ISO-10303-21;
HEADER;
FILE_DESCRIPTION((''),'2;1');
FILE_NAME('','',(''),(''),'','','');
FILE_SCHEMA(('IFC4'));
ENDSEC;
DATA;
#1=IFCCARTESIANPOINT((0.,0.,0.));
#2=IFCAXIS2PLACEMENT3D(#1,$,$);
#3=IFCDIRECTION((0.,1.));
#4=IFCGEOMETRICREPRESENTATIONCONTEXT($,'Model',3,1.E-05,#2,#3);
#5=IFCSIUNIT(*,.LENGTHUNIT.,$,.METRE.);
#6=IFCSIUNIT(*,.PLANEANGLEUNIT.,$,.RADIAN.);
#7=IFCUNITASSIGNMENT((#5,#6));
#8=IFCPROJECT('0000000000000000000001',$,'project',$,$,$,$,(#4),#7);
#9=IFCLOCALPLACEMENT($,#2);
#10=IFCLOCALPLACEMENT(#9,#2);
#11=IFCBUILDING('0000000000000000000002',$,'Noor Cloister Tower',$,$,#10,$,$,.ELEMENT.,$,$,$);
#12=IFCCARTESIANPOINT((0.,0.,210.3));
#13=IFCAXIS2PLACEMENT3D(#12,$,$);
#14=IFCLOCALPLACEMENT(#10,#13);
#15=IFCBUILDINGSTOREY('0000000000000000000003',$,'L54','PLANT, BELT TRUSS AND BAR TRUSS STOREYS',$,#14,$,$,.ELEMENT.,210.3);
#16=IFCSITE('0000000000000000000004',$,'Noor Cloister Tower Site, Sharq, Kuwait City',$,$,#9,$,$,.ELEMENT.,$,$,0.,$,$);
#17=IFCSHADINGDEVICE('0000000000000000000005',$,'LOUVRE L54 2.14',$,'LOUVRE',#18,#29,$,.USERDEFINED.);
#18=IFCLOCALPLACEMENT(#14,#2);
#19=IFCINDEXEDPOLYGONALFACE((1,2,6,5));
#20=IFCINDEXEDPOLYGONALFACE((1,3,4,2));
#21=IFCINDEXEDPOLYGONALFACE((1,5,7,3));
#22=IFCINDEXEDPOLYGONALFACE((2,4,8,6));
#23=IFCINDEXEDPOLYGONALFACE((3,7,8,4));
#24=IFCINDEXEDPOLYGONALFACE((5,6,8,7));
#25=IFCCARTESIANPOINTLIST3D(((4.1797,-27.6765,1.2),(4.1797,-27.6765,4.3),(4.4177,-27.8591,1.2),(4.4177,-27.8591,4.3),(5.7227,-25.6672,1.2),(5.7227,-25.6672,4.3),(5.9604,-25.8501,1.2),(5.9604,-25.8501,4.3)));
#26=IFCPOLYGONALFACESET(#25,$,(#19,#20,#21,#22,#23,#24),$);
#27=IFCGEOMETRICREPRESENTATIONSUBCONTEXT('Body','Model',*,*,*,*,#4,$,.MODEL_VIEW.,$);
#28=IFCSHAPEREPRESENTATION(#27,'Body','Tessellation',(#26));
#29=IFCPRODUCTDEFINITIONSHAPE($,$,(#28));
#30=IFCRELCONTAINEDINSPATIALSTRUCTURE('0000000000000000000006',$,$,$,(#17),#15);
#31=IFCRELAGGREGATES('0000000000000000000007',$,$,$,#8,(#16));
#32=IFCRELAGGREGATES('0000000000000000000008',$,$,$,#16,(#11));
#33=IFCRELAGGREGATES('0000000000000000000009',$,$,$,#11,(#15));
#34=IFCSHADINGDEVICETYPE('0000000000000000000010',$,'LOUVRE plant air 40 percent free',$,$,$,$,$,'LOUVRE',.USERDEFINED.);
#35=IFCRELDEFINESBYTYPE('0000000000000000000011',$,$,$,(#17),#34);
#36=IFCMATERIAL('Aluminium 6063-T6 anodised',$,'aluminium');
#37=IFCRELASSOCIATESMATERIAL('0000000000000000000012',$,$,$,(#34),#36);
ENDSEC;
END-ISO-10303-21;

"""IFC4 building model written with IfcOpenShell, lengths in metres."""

from ifc_helpers import new_model, si_unit, direction, frame, origin, place, context, subcontext, project, spatial, polyline, outline, extrude, material, type_object, element, save


model = new_model("IFC4")

# Units and contexts
model_context = context("Model", 3, precision=1e-05, world=origin(), true_north=direction((0.0, 1.0)))
body_context = subcontext(model_context, "Body", "Model", "MODEL_VIEW")
ifc_project = project(units=[si_unit("LENGTHUNIT", "METRE"), si_unit("PLANEANGLEUNIT", "RADIAN")], contexts=[model_context])

# Site, building, storey
site_placement = place(None, origin())
site = spatial("IfcSite", under=ifc_project, at=site_placement, Name="Noor Cloister Tower Site, Sharq, Kuwait City", CompositionType="ELEMENT", RefElevation=0.0)
building_placement = place(site_placement, origin())
building = spatial("IfcBuilding", under=site, at=building_placement, Name="Noor Cloister Tower", CompositionType="ELEMENT")
storey_placement = place(building_placement, frame((0.0, 0.0, 210.3)))
storey = spatial("IfcBuildingStorey", under=building, at=storey_placement, Name="L54", Description="PLANT, BELT TRUSS AND BAR TRUSS STOREYS", CompositionType="ELEMENT", Elevation=210.3)

# Shading device
ifc_material_1 = material(Name="Aluminium 6063-T6 anodised", Category="aluminium")
shading_device_type = type_object("IfcShadingDeviceType", Name="LOUVRE plant air 40 percent free", ElementType="LOUVRE", PredefinedType="USERDEFINED", material=ifc_material_1)
shading_device_1_placement = place(storey_placement, frame((0.0, 0.0, 1.2)))
element("IfcShadingDevice", 1, at=shading_device_1_placement, inside=storey, type_object=shading_device_type, Name="LOUVRE L54 2.14", ObjectType="LOUVRE", PredefinedType="USERDEFINED", context=body_context, shape_type="SweptSolid", body=[
    extrude(outline(polyline([(4.4177, -27.8591), (5.9604, -25.8501), (5.7227, -25.6672), (4.1797, -27.6765), (4.4177, -27.8591)])), origin(), (0.0, 0.0, 1.0), 3.1001),
])

save(model, "model.ifc")
